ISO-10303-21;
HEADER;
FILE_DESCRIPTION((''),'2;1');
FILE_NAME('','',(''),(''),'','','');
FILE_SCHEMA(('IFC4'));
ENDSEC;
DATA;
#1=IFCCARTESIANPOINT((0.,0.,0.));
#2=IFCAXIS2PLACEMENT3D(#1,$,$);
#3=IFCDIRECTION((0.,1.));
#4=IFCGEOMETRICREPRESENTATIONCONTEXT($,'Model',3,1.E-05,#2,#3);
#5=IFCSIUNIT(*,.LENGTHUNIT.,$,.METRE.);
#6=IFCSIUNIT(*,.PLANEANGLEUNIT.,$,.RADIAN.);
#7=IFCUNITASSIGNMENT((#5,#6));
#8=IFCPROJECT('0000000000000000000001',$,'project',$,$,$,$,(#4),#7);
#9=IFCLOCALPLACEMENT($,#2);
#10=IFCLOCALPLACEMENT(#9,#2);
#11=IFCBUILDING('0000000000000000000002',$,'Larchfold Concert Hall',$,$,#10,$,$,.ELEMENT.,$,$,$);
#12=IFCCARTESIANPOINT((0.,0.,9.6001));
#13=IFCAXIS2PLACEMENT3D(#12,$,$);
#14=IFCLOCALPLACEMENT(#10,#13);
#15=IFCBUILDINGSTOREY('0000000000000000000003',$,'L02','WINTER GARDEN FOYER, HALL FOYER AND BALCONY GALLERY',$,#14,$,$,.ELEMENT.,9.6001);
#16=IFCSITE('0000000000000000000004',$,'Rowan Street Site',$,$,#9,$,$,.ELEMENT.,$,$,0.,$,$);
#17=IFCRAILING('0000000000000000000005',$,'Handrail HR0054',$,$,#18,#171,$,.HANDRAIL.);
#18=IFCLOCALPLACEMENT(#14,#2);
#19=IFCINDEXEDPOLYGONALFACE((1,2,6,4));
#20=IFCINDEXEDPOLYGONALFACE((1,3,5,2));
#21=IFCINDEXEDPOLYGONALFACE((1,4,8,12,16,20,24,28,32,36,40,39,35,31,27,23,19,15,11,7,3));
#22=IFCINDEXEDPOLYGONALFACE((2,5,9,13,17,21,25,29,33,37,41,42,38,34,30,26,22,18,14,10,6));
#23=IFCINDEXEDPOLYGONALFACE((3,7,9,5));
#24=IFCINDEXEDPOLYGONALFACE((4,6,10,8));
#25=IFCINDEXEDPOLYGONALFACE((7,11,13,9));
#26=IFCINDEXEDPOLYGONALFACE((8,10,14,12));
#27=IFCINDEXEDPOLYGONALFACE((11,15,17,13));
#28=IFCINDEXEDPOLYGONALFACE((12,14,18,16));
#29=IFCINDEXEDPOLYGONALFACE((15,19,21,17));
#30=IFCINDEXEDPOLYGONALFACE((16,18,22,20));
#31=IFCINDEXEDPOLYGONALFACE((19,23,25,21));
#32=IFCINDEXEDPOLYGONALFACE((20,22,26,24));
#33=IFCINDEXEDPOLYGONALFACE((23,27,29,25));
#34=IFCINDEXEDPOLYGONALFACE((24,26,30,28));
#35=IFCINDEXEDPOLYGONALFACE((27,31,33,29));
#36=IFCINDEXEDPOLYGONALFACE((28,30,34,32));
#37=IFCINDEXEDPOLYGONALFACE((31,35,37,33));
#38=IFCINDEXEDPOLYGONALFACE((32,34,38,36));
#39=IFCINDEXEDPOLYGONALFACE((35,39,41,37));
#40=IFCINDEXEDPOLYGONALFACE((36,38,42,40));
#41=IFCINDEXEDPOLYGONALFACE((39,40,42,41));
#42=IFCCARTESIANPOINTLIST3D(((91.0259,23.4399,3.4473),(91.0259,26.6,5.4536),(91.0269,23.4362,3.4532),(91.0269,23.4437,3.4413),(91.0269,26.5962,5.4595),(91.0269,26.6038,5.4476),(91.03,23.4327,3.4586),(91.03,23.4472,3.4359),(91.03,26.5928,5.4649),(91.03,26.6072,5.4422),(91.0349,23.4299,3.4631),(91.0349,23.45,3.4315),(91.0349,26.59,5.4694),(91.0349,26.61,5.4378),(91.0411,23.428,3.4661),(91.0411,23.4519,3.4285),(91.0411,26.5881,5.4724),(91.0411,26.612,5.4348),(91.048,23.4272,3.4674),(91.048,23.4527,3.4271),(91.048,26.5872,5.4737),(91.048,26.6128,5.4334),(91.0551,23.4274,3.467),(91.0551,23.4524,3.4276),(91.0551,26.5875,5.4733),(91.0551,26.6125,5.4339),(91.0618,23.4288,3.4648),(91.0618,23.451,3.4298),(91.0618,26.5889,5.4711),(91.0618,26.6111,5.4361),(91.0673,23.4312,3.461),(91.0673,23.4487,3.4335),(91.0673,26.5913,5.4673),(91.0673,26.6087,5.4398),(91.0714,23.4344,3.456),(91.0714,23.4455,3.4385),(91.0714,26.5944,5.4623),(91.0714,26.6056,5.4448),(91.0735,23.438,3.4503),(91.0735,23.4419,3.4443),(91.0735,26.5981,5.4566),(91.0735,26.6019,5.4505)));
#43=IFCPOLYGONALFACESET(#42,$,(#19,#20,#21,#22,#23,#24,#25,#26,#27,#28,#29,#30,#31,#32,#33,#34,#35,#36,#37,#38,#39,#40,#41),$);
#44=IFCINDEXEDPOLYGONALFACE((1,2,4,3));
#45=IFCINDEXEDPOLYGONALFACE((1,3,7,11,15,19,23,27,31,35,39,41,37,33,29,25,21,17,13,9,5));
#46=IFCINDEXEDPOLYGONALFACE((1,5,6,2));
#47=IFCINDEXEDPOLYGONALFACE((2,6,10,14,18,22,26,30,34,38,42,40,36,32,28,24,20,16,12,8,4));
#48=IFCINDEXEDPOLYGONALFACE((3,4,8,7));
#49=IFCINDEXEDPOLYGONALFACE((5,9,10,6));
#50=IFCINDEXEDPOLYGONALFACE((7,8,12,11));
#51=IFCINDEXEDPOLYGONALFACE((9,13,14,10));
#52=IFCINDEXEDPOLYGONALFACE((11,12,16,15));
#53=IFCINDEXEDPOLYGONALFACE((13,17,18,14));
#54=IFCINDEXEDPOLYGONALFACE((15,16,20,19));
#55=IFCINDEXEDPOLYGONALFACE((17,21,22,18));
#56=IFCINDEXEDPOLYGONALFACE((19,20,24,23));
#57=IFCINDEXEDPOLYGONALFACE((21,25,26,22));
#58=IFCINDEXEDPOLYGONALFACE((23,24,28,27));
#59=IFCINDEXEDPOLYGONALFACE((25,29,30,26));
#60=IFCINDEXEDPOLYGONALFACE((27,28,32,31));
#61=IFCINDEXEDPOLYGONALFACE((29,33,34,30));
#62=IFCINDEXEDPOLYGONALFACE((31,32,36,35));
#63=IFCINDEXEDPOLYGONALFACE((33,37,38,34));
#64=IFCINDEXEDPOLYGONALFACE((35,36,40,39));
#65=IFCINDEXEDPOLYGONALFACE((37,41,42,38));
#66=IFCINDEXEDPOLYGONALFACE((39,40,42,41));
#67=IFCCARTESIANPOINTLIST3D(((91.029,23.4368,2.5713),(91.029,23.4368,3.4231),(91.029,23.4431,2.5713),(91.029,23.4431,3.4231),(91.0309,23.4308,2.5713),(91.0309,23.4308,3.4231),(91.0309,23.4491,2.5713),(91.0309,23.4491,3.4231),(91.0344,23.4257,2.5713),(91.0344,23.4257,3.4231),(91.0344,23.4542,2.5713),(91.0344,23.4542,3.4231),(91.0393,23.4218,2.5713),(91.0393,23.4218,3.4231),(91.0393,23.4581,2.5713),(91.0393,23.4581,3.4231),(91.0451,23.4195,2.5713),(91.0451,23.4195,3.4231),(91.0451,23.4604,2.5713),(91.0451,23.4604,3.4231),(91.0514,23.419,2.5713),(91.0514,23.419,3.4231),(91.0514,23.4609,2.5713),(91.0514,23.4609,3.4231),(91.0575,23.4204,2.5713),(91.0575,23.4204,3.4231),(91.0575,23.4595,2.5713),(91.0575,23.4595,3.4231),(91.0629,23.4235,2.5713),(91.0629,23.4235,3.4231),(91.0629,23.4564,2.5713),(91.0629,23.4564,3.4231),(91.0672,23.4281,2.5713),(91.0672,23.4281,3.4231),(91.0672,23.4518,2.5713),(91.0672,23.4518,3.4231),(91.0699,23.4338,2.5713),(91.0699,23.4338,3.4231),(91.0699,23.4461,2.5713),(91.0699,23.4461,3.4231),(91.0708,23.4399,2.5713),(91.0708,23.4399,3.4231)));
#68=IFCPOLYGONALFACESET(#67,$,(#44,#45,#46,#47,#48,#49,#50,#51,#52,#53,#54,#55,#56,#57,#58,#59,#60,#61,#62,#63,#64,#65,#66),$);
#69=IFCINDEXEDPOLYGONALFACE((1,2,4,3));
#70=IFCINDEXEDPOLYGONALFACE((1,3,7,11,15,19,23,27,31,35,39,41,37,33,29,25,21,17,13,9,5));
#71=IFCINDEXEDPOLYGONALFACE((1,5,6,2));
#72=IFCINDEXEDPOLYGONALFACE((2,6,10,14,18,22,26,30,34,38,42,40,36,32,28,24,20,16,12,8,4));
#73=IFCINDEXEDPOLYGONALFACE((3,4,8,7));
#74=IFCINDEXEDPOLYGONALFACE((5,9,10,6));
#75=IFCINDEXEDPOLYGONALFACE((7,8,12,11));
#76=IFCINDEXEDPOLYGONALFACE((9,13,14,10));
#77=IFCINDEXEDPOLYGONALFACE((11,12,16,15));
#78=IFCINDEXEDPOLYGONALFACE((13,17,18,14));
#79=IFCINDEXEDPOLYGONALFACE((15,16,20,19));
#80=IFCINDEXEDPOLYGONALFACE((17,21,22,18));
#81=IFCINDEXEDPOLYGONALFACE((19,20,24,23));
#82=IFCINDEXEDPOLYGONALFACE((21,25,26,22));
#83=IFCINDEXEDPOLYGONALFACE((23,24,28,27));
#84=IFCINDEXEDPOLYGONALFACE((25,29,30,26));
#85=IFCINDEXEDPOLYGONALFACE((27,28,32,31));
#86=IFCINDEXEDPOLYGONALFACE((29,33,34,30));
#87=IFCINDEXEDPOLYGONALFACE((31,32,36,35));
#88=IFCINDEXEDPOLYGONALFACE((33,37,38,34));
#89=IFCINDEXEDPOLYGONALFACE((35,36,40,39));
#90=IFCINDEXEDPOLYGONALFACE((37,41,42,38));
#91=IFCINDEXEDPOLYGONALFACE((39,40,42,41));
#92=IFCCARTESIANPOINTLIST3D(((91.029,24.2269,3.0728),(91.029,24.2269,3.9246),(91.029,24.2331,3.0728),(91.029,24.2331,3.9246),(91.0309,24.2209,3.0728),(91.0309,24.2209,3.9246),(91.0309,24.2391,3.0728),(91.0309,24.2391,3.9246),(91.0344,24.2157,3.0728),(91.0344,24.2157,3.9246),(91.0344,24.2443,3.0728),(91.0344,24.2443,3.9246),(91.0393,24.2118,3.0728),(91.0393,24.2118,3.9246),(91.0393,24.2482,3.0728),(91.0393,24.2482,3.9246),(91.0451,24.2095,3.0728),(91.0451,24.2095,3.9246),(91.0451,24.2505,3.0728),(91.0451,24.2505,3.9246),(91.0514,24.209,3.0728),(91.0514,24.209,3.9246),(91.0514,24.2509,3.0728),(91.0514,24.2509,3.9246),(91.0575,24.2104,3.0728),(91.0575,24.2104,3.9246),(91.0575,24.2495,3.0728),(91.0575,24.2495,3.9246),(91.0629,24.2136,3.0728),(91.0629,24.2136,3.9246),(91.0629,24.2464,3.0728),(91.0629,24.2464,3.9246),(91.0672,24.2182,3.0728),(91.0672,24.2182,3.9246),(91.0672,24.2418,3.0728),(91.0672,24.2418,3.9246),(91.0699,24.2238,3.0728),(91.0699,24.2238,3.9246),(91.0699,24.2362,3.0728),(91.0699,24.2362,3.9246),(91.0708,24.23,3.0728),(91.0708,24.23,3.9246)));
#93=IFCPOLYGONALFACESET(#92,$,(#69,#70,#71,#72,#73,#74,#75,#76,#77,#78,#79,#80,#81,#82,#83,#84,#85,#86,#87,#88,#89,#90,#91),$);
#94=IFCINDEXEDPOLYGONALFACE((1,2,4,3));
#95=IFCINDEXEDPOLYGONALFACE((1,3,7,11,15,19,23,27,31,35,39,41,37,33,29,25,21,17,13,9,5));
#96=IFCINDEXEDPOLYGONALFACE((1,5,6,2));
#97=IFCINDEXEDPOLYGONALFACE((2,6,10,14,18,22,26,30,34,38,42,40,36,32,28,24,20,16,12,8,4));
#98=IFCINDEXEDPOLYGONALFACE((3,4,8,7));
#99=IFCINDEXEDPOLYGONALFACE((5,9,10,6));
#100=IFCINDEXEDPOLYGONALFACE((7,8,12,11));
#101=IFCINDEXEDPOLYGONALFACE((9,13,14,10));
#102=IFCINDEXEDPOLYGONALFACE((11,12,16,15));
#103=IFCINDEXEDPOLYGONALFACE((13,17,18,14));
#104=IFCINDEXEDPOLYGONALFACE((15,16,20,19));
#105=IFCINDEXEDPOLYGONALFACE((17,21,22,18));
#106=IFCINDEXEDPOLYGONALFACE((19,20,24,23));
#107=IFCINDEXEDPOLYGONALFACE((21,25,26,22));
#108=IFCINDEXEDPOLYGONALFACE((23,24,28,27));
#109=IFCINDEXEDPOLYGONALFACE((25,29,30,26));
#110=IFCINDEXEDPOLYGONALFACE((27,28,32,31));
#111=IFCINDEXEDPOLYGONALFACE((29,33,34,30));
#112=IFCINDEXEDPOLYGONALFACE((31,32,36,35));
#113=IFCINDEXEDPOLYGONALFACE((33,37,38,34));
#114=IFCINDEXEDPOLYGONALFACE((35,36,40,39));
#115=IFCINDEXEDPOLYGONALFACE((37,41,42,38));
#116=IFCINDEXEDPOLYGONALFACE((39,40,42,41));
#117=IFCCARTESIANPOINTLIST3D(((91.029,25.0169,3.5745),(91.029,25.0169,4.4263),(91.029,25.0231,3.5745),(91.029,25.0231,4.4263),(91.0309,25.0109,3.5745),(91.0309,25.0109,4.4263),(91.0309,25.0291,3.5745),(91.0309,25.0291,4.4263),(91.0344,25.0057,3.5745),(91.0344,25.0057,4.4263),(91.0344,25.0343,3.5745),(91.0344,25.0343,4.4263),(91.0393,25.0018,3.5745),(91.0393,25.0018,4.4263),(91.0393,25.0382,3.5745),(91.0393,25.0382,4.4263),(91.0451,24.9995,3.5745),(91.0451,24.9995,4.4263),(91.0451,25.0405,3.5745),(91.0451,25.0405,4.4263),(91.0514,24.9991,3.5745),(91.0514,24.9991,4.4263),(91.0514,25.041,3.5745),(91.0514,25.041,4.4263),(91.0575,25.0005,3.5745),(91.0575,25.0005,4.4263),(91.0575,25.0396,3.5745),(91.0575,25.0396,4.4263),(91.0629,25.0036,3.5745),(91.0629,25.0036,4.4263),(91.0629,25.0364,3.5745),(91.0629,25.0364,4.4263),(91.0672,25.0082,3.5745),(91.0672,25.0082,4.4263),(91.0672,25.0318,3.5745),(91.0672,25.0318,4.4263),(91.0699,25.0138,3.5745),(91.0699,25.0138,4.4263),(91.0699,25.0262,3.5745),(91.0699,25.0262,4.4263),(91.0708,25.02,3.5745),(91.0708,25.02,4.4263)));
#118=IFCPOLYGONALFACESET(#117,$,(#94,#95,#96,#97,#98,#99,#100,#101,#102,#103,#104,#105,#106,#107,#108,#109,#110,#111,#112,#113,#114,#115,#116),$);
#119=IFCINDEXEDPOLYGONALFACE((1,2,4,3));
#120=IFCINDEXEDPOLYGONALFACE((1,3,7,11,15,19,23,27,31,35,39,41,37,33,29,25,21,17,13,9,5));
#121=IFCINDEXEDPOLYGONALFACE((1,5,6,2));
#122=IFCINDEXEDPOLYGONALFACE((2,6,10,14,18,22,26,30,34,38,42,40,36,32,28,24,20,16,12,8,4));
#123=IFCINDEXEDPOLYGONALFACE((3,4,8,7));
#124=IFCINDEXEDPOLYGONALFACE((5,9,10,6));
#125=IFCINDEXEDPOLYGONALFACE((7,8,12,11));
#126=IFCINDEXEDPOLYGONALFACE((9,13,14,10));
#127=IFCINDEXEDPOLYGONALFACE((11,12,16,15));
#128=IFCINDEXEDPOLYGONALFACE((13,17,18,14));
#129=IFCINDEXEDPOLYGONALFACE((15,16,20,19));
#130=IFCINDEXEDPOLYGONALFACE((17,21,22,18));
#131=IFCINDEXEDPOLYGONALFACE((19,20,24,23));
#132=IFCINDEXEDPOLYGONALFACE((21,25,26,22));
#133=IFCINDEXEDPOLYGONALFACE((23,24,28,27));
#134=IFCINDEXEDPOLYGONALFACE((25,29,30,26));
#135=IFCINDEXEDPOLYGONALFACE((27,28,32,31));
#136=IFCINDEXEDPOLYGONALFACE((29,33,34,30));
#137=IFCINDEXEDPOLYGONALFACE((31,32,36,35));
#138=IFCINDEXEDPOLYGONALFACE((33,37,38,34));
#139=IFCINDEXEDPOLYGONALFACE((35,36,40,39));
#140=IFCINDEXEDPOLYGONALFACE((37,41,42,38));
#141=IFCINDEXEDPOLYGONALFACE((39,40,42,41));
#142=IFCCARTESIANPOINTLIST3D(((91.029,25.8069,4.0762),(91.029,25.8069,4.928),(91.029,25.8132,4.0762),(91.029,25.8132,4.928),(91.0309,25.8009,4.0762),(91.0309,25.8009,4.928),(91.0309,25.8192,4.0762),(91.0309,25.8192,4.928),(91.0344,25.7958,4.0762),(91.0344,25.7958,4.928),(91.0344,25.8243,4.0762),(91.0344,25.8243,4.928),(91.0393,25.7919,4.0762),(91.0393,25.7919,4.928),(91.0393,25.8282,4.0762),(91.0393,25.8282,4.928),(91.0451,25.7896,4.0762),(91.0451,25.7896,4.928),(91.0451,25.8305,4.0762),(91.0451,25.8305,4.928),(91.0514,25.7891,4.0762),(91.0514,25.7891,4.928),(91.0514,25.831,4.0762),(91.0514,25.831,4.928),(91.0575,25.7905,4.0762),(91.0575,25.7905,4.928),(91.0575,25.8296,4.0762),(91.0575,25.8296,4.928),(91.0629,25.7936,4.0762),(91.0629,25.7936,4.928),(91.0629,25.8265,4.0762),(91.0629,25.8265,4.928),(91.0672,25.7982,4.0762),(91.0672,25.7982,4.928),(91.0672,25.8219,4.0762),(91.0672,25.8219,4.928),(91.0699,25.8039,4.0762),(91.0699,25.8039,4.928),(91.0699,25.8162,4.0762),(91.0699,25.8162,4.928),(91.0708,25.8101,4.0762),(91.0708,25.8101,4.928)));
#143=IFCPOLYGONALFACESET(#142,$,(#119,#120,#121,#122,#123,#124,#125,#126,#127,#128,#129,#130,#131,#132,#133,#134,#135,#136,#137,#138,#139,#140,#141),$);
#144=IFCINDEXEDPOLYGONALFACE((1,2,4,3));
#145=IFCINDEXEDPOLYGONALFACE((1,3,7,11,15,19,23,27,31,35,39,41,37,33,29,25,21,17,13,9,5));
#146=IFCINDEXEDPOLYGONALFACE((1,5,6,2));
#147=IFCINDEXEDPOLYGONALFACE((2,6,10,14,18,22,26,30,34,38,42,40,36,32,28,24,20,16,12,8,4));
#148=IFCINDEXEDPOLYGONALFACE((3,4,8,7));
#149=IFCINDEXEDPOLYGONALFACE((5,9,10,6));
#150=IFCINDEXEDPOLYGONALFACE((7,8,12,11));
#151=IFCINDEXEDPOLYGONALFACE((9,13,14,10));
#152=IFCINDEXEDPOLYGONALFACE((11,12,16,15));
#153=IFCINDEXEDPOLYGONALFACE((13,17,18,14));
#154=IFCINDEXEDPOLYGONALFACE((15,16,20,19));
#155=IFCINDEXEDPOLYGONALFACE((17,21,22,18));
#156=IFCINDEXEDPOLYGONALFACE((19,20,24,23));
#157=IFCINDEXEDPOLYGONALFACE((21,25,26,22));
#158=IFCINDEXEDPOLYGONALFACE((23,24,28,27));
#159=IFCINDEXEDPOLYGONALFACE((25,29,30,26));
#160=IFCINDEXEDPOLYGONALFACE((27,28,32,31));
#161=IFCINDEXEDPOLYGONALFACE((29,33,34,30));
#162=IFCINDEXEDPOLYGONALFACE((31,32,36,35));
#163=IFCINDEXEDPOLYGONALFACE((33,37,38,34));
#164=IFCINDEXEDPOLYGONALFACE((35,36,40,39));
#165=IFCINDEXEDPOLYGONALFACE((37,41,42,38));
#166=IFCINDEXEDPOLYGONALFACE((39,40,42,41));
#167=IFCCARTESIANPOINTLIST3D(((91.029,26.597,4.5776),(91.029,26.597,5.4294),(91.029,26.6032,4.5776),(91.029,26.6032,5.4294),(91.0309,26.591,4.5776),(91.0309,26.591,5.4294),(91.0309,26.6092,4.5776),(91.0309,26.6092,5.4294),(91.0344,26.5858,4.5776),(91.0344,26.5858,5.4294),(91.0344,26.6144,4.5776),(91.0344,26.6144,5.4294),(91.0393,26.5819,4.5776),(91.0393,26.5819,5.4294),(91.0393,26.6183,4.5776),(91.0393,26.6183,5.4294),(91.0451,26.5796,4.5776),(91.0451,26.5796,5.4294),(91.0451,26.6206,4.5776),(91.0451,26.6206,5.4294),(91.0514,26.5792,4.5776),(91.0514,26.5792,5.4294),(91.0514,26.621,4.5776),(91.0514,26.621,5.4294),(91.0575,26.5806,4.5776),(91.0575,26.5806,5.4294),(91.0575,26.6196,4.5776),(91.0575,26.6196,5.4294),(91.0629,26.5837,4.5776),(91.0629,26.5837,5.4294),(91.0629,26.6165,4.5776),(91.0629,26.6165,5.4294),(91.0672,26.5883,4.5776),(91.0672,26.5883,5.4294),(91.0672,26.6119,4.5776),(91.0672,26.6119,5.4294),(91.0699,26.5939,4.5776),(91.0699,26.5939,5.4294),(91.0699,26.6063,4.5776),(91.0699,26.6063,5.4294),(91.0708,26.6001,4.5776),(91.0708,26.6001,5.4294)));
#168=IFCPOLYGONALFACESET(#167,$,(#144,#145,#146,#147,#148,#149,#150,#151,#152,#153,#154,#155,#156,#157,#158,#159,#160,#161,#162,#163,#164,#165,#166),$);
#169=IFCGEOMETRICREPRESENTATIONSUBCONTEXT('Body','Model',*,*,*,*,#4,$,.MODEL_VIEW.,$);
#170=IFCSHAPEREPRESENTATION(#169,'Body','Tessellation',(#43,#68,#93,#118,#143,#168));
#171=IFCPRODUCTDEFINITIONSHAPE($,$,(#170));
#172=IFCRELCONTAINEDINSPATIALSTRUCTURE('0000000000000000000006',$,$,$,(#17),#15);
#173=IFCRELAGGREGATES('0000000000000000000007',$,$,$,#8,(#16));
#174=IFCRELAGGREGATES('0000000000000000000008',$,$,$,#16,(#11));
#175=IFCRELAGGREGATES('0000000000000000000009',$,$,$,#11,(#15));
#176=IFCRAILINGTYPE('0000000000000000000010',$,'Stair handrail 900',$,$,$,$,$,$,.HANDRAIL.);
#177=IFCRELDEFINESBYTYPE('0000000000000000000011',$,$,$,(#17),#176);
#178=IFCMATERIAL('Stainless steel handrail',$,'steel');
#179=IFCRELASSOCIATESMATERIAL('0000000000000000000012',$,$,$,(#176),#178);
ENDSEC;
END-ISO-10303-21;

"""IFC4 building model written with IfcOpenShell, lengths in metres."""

from ifc_helpers import new_model, si_unit, direction, frame, origin, origin_2d, place, context, subcontext, project, spatial, circle, extrude, material, type_object, element, save


model = new_model("IFC4")

# Units and contexts
model_context = context("Model", 3, precision=1e-05, world=origin(), true_north=direction((0.0, 1.0)))
body_context = subcontext(model_context, "Body", "Model", "MODEL_VIEW")
ifc_project = project(units=[si_unit("LENGTHUNIT", "METRE"), si_unit("PLANEANGLEUNIT", "RADIAN")], contexts=[model_context])

# Site, building, storey
site_placement = place(None, origin())
site = spatial("IfcSite", under=ifc_project, at=site_placement, Name="Rowan Street Site", CompositionType="ELEMENT", RefElevation=0.0)
building_placement = place(site_placement, origin())
building = spatial("IfcBuilding", under=site, at=building_placement, Name="Larchfold Concert Hall", CompositionType="ELEMENT")
storey_placement = place(building_placement, frame((0.0, 0.0, 9.6001)))
storey = spatial("IfcBuildingStorey", under=building, at=storey_placement, Name="L02", Description="WINTER GARDEN FOYER, HALL FOYER AND BALCONY GALLERY", CompositionType="ELEMENT", Elevation=9.6001)

# Railing
ifc_material_1 = material(Name="Stainless steel handrail", Category="steel")
railing_type_1 = type_object("IfcRailingType", Name="Stair handrail 900", PredefinedType="HANDRAIL", material=ifc_material_1)
railing_1_placement = place(storey_placement, frame((91.0498, 23.4399, 2.5713)))
element("IfcRailing", 1, at=railing_1_placement, inside=storey, type_object=railing_type_1, Name="Handrail HR0054", PredefinedType="HANDRAIL", context=body_context, shape_type="SweptSolid", body=[
    extrude(circle(Radius=0.0239, at=origin_2d()), frame((0.0, 0.0, 0.876), z_axis=(0.0, 0.844225, 0.535989), x_axis=(-1.0, 0.0, 0.0)), (0.0, 0.0, 1.0), 3.7432),
    extrude(circle(Radius=0.021, at=origin_2d()), origin(), (0.0, 0.0, 1.0), 0.8518),
    extrude(circle(Radius=0.021, at=origin_2d()), frame((0.0, 0.79, 0.5015)), (0.0, 0.0, 1.0), 0.8518),
    extrude(circle(Radius=0.021, at=origin_2d()), frame((0.0, 1.5801, 1.0032)), (0.0, 0.0, 1.0), 0.8518),
    extrude(circle(Radius=0.021, at=origin_2d()), frame((0.0, 2.3701, 1.5049)), (0.0, 0.0, 1.0), 0.8518),
    extrude(circle(Radius=0.021, at=origin_2d()), frame((0.0, 3.1602, 2.0063)), (0.0, 0.0, 1.0), 0.8518),
])

save(model, "model.ifc")
